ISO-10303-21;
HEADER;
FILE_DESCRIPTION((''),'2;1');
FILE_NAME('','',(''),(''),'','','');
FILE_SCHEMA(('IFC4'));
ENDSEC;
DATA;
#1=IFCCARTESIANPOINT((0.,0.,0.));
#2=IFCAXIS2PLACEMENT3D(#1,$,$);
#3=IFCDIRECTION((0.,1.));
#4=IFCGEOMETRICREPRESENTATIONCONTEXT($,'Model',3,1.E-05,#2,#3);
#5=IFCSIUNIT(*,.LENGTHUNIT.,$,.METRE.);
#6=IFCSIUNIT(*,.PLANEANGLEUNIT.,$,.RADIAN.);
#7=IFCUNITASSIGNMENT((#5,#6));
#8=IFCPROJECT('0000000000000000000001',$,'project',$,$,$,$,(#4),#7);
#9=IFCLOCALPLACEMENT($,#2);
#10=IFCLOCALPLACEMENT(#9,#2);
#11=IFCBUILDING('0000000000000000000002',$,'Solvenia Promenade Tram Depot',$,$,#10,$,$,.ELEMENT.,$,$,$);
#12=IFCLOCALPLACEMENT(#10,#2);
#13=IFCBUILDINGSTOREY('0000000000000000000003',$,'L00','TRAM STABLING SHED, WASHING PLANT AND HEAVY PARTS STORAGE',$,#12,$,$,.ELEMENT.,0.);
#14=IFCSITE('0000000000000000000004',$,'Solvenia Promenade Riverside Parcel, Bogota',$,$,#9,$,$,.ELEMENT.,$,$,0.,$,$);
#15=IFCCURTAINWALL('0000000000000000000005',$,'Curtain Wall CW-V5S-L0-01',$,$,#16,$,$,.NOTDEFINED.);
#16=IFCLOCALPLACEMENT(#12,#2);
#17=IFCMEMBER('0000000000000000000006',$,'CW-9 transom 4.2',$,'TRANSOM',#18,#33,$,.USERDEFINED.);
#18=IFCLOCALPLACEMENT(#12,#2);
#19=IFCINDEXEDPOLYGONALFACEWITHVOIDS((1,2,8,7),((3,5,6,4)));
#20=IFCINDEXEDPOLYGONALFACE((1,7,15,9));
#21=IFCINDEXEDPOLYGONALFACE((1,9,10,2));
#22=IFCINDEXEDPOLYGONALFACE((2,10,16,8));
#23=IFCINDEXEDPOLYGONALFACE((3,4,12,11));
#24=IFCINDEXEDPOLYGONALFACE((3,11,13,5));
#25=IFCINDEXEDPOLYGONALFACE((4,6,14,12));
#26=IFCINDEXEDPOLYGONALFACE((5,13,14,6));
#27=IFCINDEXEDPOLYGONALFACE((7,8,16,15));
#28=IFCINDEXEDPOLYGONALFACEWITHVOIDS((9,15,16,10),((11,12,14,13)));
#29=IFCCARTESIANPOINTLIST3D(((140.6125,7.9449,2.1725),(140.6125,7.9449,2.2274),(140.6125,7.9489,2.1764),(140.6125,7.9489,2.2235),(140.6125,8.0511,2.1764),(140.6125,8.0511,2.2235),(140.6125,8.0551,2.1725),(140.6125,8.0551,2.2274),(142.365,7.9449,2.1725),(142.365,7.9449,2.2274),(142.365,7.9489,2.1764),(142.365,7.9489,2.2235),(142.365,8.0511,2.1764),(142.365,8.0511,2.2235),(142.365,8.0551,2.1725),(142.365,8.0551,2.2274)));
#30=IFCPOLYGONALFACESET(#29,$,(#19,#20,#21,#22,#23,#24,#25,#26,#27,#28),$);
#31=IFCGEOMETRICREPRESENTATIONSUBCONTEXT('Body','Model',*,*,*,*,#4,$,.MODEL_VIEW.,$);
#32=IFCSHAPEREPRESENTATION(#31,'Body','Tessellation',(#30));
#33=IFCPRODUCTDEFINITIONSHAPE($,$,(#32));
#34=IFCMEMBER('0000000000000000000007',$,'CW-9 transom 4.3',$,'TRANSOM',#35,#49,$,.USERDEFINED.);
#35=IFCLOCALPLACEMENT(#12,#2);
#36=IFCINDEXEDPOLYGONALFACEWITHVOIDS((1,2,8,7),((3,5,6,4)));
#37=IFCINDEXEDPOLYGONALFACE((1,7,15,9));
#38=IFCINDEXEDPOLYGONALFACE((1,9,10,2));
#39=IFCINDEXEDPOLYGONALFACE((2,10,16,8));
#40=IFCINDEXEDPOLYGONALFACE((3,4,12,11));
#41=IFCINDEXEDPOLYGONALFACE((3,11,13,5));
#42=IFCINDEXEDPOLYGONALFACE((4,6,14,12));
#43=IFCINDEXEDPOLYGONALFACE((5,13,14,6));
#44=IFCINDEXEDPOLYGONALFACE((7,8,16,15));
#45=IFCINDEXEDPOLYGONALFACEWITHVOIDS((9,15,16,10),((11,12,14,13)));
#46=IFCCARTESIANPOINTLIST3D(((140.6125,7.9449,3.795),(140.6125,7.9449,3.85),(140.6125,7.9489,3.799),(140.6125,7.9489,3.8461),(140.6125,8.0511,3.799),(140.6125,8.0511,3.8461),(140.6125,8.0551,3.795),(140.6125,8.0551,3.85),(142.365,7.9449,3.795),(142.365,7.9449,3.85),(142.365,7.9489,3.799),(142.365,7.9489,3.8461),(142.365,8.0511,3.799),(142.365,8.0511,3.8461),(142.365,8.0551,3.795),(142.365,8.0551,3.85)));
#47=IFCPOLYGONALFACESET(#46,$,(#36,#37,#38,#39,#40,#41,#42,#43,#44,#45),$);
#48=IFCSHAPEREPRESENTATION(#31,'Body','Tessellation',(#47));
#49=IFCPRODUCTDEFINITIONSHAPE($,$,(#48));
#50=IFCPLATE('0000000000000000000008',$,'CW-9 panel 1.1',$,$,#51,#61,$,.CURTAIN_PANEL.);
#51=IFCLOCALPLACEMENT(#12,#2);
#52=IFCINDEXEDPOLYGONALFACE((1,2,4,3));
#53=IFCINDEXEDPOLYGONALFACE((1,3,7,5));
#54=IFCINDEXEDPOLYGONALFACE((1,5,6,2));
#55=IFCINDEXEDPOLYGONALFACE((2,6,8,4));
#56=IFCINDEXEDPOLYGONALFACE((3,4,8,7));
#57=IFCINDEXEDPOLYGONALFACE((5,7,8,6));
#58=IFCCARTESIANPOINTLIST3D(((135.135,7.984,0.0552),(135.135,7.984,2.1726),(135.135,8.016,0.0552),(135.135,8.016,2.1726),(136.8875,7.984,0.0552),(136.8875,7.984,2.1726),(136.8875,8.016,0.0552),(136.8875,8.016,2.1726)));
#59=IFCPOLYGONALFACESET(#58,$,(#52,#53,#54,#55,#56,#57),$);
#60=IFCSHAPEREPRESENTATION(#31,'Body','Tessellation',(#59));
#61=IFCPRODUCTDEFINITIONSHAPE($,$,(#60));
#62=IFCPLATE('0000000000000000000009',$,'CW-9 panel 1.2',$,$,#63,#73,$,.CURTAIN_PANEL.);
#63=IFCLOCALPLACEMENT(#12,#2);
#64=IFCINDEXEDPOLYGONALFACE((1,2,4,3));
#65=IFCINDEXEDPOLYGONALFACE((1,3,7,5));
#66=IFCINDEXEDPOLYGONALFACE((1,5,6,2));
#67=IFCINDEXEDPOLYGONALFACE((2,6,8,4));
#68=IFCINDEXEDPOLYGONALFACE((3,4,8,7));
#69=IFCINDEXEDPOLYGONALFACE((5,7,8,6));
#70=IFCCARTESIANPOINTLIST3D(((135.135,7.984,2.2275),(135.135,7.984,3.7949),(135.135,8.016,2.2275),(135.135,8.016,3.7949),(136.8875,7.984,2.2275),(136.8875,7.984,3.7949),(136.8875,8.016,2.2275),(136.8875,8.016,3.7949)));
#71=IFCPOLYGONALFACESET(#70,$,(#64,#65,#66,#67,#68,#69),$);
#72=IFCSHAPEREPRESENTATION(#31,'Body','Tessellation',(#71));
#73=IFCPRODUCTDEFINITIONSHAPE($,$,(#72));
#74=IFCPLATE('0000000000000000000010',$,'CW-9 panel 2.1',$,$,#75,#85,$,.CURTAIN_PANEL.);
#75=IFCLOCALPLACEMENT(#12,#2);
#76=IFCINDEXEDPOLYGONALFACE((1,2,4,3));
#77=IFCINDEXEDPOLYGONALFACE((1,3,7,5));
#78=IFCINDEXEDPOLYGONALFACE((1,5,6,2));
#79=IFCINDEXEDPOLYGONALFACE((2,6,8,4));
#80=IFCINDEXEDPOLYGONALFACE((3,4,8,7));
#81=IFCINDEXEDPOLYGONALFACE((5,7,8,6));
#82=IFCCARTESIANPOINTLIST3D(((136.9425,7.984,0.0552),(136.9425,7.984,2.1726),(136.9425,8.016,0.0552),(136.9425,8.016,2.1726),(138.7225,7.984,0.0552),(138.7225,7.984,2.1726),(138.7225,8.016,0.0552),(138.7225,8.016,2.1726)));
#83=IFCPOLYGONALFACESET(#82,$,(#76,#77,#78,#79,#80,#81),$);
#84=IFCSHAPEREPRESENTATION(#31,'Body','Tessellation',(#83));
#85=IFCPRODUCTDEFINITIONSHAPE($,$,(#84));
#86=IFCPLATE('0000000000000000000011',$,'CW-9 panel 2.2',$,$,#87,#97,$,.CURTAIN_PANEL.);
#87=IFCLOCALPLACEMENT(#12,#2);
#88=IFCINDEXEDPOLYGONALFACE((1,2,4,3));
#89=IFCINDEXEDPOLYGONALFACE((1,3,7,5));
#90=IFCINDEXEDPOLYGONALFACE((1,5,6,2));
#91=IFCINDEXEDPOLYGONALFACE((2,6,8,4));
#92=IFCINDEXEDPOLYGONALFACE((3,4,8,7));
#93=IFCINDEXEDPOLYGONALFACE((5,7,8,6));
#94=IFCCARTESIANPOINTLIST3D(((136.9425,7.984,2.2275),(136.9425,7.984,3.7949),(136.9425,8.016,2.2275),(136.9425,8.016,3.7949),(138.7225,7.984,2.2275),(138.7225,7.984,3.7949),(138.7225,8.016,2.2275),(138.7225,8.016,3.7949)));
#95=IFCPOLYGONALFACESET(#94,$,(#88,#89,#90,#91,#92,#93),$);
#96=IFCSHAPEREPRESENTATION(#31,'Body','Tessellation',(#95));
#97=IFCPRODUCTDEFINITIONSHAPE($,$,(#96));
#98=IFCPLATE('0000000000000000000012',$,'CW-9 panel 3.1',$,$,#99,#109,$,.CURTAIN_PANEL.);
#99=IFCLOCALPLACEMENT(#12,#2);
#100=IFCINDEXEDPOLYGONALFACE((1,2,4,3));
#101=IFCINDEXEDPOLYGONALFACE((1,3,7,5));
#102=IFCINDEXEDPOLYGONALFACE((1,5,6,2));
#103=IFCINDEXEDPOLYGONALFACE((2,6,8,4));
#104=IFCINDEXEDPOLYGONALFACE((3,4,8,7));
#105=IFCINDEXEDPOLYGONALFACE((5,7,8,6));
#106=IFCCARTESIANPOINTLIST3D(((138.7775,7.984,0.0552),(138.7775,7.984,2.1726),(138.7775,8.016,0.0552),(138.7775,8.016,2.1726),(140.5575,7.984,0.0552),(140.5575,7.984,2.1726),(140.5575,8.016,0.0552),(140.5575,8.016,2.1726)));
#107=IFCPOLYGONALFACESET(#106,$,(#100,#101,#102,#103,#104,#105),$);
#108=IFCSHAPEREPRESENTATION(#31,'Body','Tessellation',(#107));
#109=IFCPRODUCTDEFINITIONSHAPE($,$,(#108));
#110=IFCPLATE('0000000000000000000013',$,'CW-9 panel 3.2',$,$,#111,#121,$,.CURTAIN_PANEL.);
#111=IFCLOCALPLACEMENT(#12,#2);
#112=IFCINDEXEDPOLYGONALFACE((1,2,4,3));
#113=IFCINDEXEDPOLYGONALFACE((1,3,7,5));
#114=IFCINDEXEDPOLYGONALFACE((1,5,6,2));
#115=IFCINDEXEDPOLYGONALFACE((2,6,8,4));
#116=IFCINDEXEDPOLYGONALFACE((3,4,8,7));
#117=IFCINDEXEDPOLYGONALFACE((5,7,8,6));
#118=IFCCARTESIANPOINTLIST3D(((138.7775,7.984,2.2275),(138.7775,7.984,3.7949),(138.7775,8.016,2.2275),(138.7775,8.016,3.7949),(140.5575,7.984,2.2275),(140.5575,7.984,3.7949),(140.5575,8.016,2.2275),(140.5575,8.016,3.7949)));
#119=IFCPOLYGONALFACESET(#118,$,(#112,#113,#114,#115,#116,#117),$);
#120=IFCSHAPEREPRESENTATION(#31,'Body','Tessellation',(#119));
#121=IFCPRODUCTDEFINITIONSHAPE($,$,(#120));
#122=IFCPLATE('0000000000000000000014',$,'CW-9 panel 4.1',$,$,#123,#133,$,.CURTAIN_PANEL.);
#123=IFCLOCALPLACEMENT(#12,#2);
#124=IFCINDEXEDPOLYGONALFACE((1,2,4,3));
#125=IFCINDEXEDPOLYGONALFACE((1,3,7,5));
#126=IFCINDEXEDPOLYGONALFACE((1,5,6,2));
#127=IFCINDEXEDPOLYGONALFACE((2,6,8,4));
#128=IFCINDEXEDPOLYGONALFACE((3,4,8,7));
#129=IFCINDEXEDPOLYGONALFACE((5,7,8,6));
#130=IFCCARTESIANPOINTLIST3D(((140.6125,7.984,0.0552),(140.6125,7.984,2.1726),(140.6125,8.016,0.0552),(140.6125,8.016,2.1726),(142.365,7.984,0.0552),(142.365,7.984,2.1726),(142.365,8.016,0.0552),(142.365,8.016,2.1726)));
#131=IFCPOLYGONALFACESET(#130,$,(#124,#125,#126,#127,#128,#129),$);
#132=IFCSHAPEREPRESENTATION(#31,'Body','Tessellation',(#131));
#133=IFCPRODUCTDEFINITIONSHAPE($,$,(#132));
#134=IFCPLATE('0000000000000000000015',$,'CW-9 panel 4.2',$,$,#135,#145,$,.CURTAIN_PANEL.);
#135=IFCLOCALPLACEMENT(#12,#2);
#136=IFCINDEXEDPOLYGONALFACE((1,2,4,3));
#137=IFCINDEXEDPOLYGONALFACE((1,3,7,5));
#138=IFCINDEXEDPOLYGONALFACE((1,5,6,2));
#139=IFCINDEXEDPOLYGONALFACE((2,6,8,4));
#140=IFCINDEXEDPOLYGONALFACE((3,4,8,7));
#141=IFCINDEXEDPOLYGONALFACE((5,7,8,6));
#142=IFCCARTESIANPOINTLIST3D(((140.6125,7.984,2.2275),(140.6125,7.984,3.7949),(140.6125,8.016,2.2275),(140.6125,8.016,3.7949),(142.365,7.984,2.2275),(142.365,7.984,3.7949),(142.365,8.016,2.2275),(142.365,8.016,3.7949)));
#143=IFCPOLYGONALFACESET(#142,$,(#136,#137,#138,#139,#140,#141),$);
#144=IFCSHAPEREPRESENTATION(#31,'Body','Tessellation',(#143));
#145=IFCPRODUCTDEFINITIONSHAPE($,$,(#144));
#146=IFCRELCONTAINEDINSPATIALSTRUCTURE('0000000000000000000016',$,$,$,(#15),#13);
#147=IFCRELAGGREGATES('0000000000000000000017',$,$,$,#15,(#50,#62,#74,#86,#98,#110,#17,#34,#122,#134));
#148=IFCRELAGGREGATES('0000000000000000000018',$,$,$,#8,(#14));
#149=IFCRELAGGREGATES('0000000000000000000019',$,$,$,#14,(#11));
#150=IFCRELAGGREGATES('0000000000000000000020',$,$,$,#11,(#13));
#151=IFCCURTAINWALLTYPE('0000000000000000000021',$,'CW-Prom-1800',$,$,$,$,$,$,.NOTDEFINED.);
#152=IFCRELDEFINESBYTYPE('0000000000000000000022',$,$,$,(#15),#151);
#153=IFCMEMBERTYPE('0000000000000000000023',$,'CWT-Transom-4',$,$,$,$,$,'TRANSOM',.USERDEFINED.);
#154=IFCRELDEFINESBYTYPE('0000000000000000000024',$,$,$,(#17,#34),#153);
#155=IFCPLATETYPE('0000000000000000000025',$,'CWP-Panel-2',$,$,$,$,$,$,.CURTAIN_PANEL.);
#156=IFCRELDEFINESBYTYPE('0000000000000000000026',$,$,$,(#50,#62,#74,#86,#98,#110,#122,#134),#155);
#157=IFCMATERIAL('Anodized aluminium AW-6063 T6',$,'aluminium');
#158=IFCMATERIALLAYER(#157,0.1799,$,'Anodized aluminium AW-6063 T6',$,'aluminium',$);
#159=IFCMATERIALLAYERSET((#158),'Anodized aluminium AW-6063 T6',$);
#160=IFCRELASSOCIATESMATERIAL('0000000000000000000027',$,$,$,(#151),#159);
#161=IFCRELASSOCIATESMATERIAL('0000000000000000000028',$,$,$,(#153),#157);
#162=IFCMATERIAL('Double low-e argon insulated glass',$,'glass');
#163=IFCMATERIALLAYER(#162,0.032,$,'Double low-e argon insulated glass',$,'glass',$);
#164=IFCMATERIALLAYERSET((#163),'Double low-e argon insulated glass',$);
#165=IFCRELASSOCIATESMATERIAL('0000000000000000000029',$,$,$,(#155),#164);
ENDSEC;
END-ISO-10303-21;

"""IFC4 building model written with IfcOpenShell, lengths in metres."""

from ifc_helpers import new_model, si_unit, direction, frame, origin, origin_2d, place, context, subcontext, project, spatial, rectangle, hollow_rectangle, extrude, material, layer, layer_set, material_profile, profile_set, type_object, element, aggregate, save


model = new_model("IFC4")

# Units and contexts
model_context = context("Model", 3, precision=1e-05, world=origin(), true_north=direction((0.0, 1.0)))
body_context = subcontext(model_context, "Body", "Model", "MODEL_VIEW")
ifc_project = project(units=[si_unit("LENGTHUNIT", "METRE"), si_unit("PLANEANGLEUNIT", "RADIAN")], contexts=[model_context])

# Site, building, storey
site_placement = place(None, origin())
site = spatial("IfcSite", under=ifc_project, at=site_placement, Name="Solvenia Promenade Riverside Parcel, Bogota", CompositionType="ELEMENT", RefElevation=0.0)
building_placement = place(site_placement, origin())
building = spatial("IfcBuilding", under=site, at=building_placement, Name="Solvenia Promenade Tram Depot", CompositionType="ELEMENT")
storey_placement = place(building_placement, origin())
storey = spatial("IfcBuildingStorey", under=building, at=storey_placement, Name="L00", Description="TRAM STABLING SHED, WASHING PLANT AND HEAVY PARTS STORAGE", CompositionType="ELEMENT", Elevation=0.0)

# Curtain wall, members, plates
ifc_material_1 = material(Name="Anodized aluminium AW-6063 T6", Category="aluminium")
ifc_layer_1 = layer(ifc_material_1, 0.1799, Name="Anodized aluminium AW-6063 T6", Category="aluminium")
ifc_layer_set_1 = layer_set([ifc_layer_1], Name="Anodized aluminium AW-6063 T6")
curtain_wall_type = type_object("IfcCurtainWallType", Name="CW-Prom-1800", PredefinedType="NOTDEFINED", material=ifc_layer_set_1)
curtain_wall_placement = place(storey_placement, origin())
curtain_wall = element("IfcCurtainWall", 1, at=curtain_wall_placement, inside=storey, type_object=curtain_wall_type, Name="Curtain Wall CW-V5S-L0-01", PredefinedType="NOTDEFINED")
ifc_material_profile_1 = material_profile(ifc_material_1, hollow_rectangle(XDim=0.1101, YDim=0.0549, WallThickness=0.0039, at=origin_2d()), Name="ALU-T4", Category="aluminium")
ifc_profile_set_1 = profile_set([ifc_material_profile_1], Name="Anodized aluminium AW-6063 T6")
member_type_1 = type_object("IfcMemberType", Name="CWT-Transom-4", ElementType="TRANSOM", PredefinedType="USERDEFINED", material=ifc_profile_set_1)
member_1_placement = place(storey_placement, frame((140.6125, 8.0, 2.2), z_axis=(1.0, 0.0, 0.0), x_axis=(0.0, 1.0, 0.0)))
member_1 = element("IfcMember", 2, at=member_1_placement, type_object=member_type_1, Name="CW-9 transom 4.2", ObjectType="TRANSOM", PredefinedType="USERDEFINED", context=body_context, shape_type="SweptSolid", body=[
    extrude(hollow_rectangle(XDim=0.1101, YDim=0.0549, WallThickness=0.0039, at=origin_2d()), origin(), (0.0, 0.0, 1.0), 1.7524),
])
member_2_placement = place(storey_placement, frame((140.6125, 8.0, 3.8225), z_axis=(1.0, 0.0, 0.0), x_axis=(0.0, 1.0, 0.0)))
member_2 = element("IfcMember", 3, at=member_2_placement, type_object=member_type_1, Name="CW-9 transom 4.3", ObjectType="TRANSOM", PredefinedType="USERDEFINED", context=body_context, shape_type="SweptSolid", body=[
    extrude(hollow_rectangle(XDim=0.1101, YDim=0.0549, WallThickness=0.0039, at=origin_2d()), origin(), (0.0, 0.0, 1.0), 1.7524),
])
ifc_material_2 = material(Name="Double low-e argon insulated glass", Category="glass")
ifc_layer_2 = layer(ifc_material_2, 0.032, Name="Double low-e argon insulated glass", Category="glass")
ifc_layer_set_2 = layer_set([ifc_layer_2], Name="Double low-e argon insulated glass")
plate_type = type_object("IfcPlateType", Name="CWP-Panel-2", PredefinedType="CURTAIN_PANEL", material=ifc_layer_set_2)
plate_1_placement = place(storey_placement, frame((136.0112, 8.0, 0.0552), z_axis=(0.0, 0.0, 1.0), x_axis=(1.0, 0.0, 0.0)))
plate_1 = element("IfcPlate", 4, at=plate_1_placement, type_object=plate_type, Name="CW-9 panel 1.1", PredefinedType="CURTAIN_PANEL", context=body_context, shape_type="SweptSolid", body=[
    extrude(rectangle(XDim=1.7524, YDim=0.032, at=origin_2d()), origin(), (0.0, 0.0, 1.0), 2.1174),
])
plate_2_placement = place(storey_placement, frame((136.0112, 8.0, 2.2275), z_axis=(0.0, 0.0, 1.0), x_axis=(1.0, 0.0, 0.0)))
plate_2 = element("IfcPlate", 5, at=plate_2_placement, type_object=plate_type, Name="CW-9 panel 1.2", PredefinedType="CURTAIN_PANEL", context=body_context, shape_type="SweptSolid", body=[
    extrude(rectangle(XDim=1.7524, YDim=0.032, at=origin_2d()), origin(), (0.0, 0.0, 1.0), 1.5674),
])
plate_3_placement = place(storey_placement, frame((137.8325, 8.0, 0.0552), z_axis=(0.0, 0.0, 1.0), x_axis=(1.0, 0.0, 0.0)))
plate_3 = element("IfcPlate", 6, at=plate_3_placement, type_object=plate_type, Name="CW-9 panel 2.1", PredefinedType="CURTAIN_PANEL", context=body_context, shape_type="SweptSolid", body=[
    extrude(rectangle(XDim=1.78, YDim=0.032, at=origin_2d()), origin(), (0.0, 0.0, 1.0), 2.1174),
])
plate_4_placement = place(storey_placement, frame((137.8325, 8.0, 2.2275), z_axis=(0.0, 0.0, 1.0), x_axis=(1.0, 0.0, 0.0)))
plate_4 = element("IfcPlate", 7, at=plate_4_placement, type_object=plate_type, Name="CW-9 panel 2.2", PredefinedType="CURTAIN_PANEL", context=body_context, shape_type="SweptSolid", body=[
    extrude(rectangle(XDim=1.78, YDim=0.032, at=origin_2d()), origin(), (0.0, 0.0, 1.0), 1.5674),
])
plate_5_placement = place(storey_placement, frame((139.6675, 8.0, 0.0552), z_axis=(0.0, 0.0, 1.0), x_axis=(1.0, 0.0, 0.0)))
plate_5 = element("IfcPlate", 8, at=plate_5_placement, type_object=plate_type, Name="CW-9 panel 3.1", PredefinedType="CURTAIN_PANEL", context=body_context, shape_type="SweptSolid", body=[
    extrude(rectangle(XDim=1.78, YDim=0.032, at=origin_2d()), origin(), (0.0, 0.0, 1.0), 2.1174),
])
plate_6_placement = place(storey_placement, frame((139.6675, 8.0, 2.2275), z_axis=(0.0, 0.0, 1.0), x_axis=(1.0, 0.0, 0.0)))
plate_6 = element("IfcPlate", 9, at=plate_6_placement, type_object=plate_type, Name="CW-9 panel 3.2", PredefinedType="CURTAIN_PANEL", context=body_context, shape_type="SweptSolid", body=[
    extrude(rectangle(XDim=1.78, YDim=0.032, at=origin_2d()), origin(), (0.0, 0.0, 1.0), 1.5674),
])
plate_7_placement = place(storey_placement, frame((141.4888, 8.0, 0.0552), z_axis=(0.0, 0.0, 1.0), x_axis=(1.0, 0.0, 0.0)))
plate_7 = element("IfcPlate", 10, at=plate_7_placement, type_object=plate_type, Name="CW-9 panel 4.1", PredefinedType="CURTAIN_PANEL", context=body_context, shape_type="SweptSolid", body=[
    extrude(rectangle(XDim=1.7524, YDim=0.032, at=origin_2d()), origin(), (0.0, 0.0, 1.0), 2.1174),
])
plate_8_placement = place(storey_placement, frame((141.4888, 8.0, 2.2275), z_axis=(0.0, 0.0, 1.0), x_axis=(1.0, 0.0, 0.0)))
plate_8 = element("IfcPlate", 11, at=plate_8_placement, type_object=plate_type, Name="CW-9 panel 4.2", PredefinedType="CURTAIN_PANEL", context=body_context, shape_type="SweptSolid", body=[
    extrude(rectangle(XDim=1.7524, YDim=0.032, at=origin_2d()), origin(), (0.0, 0.0, 1.0), 1.5674),
])
aggregate(curtain_wall, [plate_1, plate_2, plate_3, plate_4, plate_5, plate_6, member_1, member_2, plate_7, plate_8])

save(model, "model.ifc")
